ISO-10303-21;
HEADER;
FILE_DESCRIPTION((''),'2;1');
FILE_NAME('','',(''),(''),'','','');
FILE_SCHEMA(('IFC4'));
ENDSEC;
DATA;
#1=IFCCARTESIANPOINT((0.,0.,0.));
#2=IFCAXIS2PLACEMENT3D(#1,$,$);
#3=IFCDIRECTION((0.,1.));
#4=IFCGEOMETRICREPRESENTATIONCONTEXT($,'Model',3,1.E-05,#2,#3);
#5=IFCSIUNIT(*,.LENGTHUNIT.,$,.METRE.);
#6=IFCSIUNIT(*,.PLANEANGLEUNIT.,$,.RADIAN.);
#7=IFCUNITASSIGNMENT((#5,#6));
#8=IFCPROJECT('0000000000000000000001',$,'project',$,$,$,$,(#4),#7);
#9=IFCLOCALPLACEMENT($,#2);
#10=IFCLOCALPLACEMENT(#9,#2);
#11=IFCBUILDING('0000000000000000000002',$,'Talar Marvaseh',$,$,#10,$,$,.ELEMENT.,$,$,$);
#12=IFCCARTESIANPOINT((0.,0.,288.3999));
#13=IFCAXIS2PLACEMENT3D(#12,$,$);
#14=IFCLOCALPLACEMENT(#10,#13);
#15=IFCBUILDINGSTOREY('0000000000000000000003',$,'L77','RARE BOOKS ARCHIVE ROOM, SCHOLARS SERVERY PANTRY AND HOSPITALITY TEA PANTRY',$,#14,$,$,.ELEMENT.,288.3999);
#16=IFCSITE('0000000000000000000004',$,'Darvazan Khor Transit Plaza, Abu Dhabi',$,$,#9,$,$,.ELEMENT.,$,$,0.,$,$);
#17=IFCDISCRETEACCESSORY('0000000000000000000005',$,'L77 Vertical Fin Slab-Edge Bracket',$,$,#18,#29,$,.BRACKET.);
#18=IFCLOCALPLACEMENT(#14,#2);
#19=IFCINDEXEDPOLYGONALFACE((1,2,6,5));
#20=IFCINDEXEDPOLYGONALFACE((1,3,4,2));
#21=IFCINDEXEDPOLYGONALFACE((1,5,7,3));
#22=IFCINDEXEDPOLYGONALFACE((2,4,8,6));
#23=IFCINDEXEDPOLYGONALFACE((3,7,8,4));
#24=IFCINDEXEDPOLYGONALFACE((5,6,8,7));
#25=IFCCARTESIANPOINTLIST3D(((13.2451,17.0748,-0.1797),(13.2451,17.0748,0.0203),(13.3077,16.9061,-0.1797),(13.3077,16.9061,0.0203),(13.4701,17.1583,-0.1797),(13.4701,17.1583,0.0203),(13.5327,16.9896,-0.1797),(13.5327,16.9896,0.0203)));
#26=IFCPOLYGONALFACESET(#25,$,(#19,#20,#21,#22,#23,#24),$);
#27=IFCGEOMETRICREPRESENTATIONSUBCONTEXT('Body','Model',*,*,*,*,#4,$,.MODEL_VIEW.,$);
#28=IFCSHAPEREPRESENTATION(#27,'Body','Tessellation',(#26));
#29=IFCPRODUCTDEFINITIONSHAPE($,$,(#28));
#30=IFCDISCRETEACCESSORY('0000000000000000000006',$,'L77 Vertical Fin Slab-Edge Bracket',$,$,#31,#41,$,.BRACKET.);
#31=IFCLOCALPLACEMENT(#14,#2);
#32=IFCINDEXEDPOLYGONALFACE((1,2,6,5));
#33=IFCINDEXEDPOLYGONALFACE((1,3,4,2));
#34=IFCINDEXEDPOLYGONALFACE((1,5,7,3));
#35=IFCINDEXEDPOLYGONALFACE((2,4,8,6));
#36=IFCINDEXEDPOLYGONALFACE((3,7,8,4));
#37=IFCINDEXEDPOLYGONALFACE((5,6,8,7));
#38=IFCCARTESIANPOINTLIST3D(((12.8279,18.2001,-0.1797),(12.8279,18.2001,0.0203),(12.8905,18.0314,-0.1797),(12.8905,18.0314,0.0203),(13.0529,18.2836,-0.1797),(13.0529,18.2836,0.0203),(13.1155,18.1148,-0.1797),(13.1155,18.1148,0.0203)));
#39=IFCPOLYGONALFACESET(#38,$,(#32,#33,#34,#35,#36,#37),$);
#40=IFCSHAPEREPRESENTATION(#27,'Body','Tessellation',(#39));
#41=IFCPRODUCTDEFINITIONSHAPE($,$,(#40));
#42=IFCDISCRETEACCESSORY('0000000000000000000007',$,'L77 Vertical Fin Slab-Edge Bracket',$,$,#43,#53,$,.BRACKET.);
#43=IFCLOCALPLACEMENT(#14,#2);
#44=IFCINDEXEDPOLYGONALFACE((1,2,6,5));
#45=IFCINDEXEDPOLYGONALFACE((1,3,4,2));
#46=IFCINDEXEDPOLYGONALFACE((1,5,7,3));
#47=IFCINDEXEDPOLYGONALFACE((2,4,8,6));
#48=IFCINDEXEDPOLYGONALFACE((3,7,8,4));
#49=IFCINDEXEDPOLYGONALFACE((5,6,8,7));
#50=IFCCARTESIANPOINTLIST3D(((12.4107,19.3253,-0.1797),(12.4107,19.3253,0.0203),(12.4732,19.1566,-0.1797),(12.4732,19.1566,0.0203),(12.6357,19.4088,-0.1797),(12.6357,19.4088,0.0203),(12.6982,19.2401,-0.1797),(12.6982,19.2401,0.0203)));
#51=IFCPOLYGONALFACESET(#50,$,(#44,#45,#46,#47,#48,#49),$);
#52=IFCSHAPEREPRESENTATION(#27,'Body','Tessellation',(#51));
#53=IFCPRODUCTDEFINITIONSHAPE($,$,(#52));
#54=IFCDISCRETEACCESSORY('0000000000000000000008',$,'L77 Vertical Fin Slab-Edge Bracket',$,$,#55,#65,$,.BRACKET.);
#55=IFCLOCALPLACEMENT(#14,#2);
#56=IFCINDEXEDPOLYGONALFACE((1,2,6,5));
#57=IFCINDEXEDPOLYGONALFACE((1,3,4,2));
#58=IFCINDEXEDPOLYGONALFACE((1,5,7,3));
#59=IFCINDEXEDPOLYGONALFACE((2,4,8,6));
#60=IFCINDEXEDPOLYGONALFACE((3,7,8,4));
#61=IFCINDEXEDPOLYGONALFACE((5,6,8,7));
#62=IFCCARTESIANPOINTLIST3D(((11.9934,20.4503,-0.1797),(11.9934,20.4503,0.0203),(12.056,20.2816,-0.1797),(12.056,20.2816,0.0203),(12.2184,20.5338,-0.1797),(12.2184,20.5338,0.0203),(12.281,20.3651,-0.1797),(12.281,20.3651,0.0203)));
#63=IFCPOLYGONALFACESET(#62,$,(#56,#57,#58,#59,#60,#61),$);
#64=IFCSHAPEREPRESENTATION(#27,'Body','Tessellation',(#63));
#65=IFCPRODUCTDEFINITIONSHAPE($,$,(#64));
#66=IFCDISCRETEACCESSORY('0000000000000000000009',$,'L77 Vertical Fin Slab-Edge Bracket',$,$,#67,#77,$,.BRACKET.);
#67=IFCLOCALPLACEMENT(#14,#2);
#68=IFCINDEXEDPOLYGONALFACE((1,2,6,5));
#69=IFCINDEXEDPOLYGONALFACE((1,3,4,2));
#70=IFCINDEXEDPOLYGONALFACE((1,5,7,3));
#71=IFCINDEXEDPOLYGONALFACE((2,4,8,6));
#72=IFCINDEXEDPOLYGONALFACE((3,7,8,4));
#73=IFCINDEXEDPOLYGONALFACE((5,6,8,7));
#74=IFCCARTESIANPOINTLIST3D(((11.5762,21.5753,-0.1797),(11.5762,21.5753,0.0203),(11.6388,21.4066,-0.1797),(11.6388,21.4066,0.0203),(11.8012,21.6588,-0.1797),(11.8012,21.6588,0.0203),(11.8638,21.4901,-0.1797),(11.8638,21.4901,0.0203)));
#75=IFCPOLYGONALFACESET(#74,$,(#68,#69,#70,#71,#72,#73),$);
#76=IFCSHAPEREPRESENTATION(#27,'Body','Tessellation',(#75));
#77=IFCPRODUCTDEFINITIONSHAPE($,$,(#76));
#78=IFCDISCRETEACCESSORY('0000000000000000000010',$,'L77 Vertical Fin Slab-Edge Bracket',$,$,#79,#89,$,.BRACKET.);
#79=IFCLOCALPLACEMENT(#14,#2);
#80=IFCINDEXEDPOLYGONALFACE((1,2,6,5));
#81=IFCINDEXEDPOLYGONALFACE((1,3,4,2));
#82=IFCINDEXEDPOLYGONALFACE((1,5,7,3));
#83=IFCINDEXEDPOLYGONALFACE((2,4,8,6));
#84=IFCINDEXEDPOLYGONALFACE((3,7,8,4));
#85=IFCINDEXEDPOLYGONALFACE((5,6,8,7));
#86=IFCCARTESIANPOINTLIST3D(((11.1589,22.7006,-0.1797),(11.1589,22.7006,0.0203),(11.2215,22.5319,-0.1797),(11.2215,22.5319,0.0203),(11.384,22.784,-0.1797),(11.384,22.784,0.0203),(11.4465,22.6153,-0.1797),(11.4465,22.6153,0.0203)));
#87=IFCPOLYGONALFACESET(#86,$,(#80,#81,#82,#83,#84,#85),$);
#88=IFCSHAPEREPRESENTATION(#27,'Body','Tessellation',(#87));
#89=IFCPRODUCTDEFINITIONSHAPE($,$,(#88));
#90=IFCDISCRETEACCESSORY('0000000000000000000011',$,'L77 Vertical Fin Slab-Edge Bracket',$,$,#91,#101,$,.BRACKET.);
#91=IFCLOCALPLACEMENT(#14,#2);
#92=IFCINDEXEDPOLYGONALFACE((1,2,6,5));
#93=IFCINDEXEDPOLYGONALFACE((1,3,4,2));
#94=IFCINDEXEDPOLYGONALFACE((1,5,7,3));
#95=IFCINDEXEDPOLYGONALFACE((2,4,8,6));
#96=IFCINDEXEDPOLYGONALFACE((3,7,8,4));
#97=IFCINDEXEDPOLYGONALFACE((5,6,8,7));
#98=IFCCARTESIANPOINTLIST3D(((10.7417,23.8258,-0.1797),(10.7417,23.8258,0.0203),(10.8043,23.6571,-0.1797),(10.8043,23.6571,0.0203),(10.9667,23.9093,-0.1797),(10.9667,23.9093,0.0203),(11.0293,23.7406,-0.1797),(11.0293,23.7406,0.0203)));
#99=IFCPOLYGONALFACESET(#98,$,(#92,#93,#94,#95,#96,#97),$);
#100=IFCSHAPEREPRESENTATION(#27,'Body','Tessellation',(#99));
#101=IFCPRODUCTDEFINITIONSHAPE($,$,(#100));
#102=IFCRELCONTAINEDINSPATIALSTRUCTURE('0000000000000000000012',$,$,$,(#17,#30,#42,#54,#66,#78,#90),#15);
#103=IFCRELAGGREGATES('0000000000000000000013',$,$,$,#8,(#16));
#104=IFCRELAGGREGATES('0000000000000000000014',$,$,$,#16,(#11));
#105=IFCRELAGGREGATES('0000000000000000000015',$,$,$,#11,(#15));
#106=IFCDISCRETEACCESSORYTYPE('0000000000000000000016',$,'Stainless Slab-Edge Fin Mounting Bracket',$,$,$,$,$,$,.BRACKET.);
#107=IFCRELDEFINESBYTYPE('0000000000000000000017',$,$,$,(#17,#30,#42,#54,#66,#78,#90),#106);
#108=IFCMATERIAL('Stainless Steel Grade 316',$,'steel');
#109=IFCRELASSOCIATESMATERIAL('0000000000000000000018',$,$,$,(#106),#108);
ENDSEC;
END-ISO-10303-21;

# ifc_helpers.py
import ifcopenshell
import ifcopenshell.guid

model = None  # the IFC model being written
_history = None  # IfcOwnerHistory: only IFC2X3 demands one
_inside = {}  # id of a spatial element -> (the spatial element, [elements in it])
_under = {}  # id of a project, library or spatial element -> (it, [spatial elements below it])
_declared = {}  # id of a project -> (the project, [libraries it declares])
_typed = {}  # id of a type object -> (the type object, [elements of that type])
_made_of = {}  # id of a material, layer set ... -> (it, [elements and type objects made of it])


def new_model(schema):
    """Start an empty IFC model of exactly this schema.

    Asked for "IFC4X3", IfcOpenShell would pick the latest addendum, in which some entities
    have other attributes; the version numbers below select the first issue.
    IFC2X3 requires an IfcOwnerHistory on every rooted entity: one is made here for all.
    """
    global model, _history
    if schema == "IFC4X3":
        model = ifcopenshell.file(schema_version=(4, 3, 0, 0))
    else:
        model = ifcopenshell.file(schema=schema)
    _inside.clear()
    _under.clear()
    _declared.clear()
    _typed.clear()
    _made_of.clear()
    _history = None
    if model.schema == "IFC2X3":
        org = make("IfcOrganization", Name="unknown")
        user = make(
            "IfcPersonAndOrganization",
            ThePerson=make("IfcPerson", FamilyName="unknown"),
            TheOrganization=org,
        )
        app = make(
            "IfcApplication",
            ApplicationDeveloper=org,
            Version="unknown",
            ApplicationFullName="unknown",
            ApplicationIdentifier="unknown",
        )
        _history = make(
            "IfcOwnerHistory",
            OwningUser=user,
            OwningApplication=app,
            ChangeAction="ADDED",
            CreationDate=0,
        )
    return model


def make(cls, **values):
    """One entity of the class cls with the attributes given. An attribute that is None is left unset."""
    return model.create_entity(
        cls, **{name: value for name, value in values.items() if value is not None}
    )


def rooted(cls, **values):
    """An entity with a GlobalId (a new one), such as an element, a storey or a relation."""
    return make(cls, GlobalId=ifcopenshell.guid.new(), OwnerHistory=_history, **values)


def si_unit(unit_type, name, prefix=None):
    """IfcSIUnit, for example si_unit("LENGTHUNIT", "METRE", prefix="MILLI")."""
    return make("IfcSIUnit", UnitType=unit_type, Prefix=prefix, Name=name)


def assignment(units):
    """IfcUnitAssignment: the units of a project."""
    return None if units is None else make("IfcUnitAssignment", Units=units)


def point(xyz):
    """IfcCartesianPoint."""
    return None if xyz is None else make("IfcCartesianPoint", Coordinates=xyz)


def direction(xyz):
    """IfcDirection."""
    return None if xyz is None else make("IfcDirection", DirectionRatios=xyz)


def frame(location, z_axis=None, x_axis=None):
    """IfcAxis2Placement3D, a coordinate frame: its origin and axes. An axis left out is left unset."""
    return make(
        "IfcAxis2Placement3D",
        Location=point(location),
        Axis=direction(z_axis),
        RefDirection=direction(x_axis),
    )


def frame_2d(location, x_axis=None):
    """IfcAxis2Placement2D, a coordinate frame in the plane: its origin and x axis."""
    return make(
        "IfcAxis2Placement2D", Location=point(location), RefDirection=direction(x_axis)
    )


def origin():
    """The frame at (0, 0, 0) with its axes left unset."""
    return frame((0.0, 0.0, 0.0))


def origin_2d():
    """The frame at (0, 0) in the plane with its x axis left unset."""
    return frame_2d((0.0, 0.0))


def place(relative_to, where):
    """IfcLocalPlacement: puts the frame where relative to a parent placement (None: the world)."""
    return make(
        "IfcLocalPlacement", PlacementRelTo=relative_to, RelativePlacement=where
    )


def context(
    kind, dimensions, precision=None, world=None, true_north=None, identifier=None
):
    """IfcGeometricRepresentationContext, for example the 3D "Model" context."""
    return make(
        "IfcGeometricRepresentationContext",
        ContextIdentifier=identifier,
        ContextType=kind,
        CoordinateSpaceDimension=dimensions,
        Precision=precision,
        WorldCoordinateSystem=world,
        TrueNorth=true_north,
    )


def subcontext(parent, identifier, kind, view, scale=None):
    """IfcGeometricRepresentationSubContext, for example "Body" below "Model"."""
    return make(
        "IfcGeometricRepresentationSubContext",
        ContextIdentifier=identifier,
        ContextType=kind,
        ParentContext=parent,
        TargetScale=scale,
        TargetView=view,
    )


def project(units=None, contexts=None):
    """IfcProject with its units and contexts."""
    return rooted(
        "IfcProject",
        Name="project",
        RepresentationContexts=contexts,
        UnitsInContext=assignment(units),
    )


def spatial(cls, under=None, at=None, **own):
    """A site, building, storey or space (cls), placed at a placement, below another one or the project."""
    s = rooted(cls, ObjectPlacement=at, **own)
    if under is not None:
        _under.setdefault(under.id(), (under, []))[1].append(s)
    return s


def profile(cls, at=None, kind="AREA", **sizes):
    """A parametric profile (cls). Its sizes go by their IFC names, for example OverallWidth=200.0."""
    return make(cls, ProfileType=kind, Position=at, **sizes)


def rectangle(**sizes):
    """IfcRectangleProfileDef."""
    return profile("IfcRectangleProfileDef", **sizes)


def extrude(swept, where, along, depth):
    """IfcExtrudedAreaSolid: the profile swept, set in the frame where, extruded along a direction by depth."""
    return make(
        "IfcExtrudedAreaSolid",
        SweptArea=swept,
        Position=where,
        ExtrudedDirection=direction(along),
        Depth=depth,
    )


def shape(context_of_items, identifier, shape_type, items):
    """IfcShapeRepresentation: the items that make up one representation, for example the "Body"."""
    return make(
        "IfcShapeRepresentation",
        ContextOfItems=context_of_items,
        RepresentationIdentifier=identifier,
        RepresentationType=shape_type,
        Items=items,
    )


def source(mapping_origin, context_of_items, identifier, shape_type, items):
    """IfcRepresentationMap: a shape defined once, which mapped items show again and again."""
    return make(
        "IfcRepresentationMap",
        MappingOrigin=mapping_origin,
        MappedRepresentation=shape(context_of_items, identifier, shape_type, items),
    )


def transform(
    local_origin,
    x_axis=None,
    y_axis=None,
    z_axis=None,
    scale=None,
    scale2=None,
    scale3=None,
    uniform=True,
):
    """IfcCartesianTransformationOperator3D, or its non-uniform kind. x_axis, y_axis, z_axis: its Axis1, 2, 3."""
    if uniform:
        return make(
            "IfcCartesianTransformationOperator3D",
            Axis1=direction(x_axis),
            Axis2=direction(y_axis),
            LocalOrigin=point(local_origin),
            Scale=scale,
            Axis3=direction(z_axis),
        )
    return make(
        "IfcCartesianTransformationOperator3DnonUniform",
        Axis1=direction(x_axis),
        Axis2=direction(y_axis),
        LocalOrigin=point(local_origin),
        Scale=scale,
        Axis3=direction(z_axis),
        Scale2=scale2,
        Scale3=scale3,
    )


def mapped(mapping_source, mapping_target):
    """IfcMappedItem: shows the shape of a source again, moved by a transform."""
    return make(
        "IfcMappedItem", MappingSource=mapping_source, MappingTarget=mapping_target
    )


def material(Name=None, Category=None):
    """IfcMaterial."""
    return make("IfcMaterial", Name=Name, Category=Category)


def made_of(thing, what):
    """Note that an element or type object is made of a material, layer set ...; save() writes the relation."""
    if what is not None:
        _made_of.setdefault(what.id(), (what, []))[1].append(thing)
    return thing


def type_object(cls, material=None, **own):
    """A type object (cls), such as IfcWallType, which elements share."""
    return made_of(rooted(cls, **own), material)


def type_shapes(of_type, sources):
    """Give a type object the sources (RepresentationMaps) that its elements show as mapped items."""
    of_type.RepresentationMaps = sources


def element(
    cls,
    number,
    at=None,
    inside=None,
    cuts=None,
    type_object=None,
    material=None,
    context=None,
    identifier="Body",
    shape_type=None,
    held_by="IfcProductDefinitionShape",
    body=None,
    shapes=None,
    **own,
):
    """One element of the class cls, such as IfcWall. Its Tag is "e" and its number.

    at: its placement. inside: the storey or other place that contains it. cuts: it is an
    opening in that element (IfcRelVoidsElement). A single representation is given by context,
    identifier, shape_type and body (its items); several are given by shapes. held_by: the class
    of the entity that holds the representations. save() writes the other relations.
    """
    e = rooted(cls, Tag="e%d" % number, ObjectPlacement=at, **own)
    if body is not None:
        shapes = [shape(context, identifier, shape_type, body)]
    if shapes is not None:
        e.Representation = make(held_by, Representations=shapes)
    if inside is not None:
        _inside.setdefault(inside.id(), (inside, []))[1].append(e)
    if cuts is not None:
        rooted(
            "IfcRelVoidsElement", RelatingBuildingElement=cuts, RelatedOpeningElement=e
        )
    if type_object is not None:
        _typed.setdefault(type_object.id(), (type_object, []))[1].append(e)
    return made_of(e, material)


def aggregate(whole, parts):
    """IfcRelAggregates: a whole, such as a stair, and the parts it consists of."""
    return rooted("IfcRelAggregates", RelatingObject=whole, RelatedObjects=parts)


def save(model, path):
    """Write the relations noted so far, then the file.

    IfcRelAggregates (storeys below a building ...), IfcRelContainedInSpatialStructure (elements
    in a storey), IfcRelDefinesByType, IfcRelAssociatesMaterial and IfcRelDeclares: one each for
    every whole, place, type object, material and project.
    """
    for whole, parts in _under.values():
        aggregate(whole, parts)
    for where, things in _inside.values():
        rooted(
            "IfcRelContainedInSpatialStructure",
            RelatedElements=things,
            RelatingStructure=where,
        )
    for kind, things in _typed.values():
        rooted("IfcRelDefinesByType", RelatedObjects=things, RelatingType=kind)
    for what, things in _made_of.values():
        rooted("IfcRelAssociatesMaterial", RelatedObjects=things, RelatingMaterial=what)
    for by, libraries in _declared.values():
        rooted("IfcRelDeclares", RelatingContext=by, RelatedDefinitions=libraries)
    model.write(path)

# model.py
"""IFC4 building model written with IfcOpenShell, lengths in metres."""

from ifc_helpers import new_model, si_unit, direction, frame, origin, origin_2d, place, context, subcontext, project, spatial, rectangle, extrude, source, transform, mapped, material, type_object, type_shapes, element, save


model = new_model("IFC4")

# Units and contexts
model_context = context("Model", 3, precision=1e-05, world=origin(), true_north=direction((0.0, 1.0)))
body_context = subcontext(model_context, "Body", "Model", "MODEL_VIEW")
ifc_project = project(units=[si_unit("LENGTHUNIT", "METRE"), si_unit("PLANEANGLEUNIT", "RADIAN")], contexts=[model_context])

# Site, building, storey
site_placement = place(None, origin())
site = spatial("IfcSite", under=ifc_project, at=site_placement, Name="Darvazan Khor Transit Plaza, Abu Dhabi", CompositionType="ELEMENT", RefElevation=0.0)
building_placement = place(site_placement, origin())
building = spatial("IfcBuilding", under=site, at=building_placement, Name="Talar Marvaseh", CompositionType="ELEMENT")
storey_placement = place(building_placement, frame((0.0, 0.0, 288.3999)))
storey = spatial("IfcBuildingStorey", under=building, at=storey_placement, Name="L77", Description="RARE BOOKS ARCHIVE ROOM, SCHOLARS SERVERY PANTRY AND HOSPITALITY TEA PANTRY", CompositionType="ELEMENT", Elevation=288.3999)

# Discrete accessories
ifc_material_1 = material(Name="Stainless Steel Grade 316", Category="steel")
discrete_accessory_type = type_object("IfcDiscreteAccessoryType", Name="Stainless Slab-Edge Fin Mounting Bracket", PredefinedType="BRACKET", material=ifc_material_1)
shared_shape_1 = source(origin(), body_context, "Body", "SweptSolid", [
    extrude(rectangle(XDim=0.24, YDim=0.1799, at=origin_2d()), origin(), (0.0, 0.0, 1.0), 0.2),
])
type_shapes(discrete_accessory_type, [shared_shape_1])
for number, where, z_axis, x_axis, name in (
    (1, (13.3889, 17.0322, -0.1797), (0.0, 0.0, 1.0), (-0.937586, -0.347754, 0.0), "L77 Vertical Fin Slab-Edge Bracket"),
    (2, (12.9717, 18.1575, -0.1797), (0.0, 0.0, 1.0), (-0.937586, -0.347754, 0.0), "L77 Vertical Fin Slab-Edge Bracket"),
    (3, (12.5544, 19.2827, -0.1797), (0.0, 0.0, 1.0), (-0.937586, -0.347754, 0.0), "L77 Vertical Fin Slab-Edge Bracket"),
    (4, (12.1372, 20.4077, -0.1797), (0.0, 0.0, 1.0), (-0.937586, -0.347754, 0.0), "L77 Vertical Fin Slab-Edge Bracket"),
    (5, (11.72, 21.5327, -0.1797), (0.0, 0.0, 1.0), (-0.937586, -0.347754, 0.0), "L77 Vertical Fin Slab-Edge Bracket"),
    (6, (11.3027, 22.658, -0.1797), (0.0, 0.0, 1.0), (-0.937586, -0.347754, 0.0), "L77 Vertical Fin Slab-Edge Bracket"),
    (7, (10.8855, 23.7832, -0.1797), (0.0, 0.0, 1.0), (-0.937586, -0.347754, 0.0), "L77 Vertical Fin Slab-Edge Bracket"),
):
    element("IfcDiscreteAccessory", number, at=place(storey_placement, frame(where, z_axis=z_axis, x_axis=x_axis)), inside=storey, type_object=discrete_accessory_type, Name=name, PredefinedType="BRACKET", context=body_context, shape_type="MappedRepresentation", body=[
        mapped(shared_shape_1, transform((0.0, 0.0, 0.0), x_axis=(1.0, 0.0, 0.0), y_axis=(0.0, 1.0, 0.0), z_axis=(0.0, 0.0, 1.0), scale=1.0)),
    ])

save(model, "model.ifc")
